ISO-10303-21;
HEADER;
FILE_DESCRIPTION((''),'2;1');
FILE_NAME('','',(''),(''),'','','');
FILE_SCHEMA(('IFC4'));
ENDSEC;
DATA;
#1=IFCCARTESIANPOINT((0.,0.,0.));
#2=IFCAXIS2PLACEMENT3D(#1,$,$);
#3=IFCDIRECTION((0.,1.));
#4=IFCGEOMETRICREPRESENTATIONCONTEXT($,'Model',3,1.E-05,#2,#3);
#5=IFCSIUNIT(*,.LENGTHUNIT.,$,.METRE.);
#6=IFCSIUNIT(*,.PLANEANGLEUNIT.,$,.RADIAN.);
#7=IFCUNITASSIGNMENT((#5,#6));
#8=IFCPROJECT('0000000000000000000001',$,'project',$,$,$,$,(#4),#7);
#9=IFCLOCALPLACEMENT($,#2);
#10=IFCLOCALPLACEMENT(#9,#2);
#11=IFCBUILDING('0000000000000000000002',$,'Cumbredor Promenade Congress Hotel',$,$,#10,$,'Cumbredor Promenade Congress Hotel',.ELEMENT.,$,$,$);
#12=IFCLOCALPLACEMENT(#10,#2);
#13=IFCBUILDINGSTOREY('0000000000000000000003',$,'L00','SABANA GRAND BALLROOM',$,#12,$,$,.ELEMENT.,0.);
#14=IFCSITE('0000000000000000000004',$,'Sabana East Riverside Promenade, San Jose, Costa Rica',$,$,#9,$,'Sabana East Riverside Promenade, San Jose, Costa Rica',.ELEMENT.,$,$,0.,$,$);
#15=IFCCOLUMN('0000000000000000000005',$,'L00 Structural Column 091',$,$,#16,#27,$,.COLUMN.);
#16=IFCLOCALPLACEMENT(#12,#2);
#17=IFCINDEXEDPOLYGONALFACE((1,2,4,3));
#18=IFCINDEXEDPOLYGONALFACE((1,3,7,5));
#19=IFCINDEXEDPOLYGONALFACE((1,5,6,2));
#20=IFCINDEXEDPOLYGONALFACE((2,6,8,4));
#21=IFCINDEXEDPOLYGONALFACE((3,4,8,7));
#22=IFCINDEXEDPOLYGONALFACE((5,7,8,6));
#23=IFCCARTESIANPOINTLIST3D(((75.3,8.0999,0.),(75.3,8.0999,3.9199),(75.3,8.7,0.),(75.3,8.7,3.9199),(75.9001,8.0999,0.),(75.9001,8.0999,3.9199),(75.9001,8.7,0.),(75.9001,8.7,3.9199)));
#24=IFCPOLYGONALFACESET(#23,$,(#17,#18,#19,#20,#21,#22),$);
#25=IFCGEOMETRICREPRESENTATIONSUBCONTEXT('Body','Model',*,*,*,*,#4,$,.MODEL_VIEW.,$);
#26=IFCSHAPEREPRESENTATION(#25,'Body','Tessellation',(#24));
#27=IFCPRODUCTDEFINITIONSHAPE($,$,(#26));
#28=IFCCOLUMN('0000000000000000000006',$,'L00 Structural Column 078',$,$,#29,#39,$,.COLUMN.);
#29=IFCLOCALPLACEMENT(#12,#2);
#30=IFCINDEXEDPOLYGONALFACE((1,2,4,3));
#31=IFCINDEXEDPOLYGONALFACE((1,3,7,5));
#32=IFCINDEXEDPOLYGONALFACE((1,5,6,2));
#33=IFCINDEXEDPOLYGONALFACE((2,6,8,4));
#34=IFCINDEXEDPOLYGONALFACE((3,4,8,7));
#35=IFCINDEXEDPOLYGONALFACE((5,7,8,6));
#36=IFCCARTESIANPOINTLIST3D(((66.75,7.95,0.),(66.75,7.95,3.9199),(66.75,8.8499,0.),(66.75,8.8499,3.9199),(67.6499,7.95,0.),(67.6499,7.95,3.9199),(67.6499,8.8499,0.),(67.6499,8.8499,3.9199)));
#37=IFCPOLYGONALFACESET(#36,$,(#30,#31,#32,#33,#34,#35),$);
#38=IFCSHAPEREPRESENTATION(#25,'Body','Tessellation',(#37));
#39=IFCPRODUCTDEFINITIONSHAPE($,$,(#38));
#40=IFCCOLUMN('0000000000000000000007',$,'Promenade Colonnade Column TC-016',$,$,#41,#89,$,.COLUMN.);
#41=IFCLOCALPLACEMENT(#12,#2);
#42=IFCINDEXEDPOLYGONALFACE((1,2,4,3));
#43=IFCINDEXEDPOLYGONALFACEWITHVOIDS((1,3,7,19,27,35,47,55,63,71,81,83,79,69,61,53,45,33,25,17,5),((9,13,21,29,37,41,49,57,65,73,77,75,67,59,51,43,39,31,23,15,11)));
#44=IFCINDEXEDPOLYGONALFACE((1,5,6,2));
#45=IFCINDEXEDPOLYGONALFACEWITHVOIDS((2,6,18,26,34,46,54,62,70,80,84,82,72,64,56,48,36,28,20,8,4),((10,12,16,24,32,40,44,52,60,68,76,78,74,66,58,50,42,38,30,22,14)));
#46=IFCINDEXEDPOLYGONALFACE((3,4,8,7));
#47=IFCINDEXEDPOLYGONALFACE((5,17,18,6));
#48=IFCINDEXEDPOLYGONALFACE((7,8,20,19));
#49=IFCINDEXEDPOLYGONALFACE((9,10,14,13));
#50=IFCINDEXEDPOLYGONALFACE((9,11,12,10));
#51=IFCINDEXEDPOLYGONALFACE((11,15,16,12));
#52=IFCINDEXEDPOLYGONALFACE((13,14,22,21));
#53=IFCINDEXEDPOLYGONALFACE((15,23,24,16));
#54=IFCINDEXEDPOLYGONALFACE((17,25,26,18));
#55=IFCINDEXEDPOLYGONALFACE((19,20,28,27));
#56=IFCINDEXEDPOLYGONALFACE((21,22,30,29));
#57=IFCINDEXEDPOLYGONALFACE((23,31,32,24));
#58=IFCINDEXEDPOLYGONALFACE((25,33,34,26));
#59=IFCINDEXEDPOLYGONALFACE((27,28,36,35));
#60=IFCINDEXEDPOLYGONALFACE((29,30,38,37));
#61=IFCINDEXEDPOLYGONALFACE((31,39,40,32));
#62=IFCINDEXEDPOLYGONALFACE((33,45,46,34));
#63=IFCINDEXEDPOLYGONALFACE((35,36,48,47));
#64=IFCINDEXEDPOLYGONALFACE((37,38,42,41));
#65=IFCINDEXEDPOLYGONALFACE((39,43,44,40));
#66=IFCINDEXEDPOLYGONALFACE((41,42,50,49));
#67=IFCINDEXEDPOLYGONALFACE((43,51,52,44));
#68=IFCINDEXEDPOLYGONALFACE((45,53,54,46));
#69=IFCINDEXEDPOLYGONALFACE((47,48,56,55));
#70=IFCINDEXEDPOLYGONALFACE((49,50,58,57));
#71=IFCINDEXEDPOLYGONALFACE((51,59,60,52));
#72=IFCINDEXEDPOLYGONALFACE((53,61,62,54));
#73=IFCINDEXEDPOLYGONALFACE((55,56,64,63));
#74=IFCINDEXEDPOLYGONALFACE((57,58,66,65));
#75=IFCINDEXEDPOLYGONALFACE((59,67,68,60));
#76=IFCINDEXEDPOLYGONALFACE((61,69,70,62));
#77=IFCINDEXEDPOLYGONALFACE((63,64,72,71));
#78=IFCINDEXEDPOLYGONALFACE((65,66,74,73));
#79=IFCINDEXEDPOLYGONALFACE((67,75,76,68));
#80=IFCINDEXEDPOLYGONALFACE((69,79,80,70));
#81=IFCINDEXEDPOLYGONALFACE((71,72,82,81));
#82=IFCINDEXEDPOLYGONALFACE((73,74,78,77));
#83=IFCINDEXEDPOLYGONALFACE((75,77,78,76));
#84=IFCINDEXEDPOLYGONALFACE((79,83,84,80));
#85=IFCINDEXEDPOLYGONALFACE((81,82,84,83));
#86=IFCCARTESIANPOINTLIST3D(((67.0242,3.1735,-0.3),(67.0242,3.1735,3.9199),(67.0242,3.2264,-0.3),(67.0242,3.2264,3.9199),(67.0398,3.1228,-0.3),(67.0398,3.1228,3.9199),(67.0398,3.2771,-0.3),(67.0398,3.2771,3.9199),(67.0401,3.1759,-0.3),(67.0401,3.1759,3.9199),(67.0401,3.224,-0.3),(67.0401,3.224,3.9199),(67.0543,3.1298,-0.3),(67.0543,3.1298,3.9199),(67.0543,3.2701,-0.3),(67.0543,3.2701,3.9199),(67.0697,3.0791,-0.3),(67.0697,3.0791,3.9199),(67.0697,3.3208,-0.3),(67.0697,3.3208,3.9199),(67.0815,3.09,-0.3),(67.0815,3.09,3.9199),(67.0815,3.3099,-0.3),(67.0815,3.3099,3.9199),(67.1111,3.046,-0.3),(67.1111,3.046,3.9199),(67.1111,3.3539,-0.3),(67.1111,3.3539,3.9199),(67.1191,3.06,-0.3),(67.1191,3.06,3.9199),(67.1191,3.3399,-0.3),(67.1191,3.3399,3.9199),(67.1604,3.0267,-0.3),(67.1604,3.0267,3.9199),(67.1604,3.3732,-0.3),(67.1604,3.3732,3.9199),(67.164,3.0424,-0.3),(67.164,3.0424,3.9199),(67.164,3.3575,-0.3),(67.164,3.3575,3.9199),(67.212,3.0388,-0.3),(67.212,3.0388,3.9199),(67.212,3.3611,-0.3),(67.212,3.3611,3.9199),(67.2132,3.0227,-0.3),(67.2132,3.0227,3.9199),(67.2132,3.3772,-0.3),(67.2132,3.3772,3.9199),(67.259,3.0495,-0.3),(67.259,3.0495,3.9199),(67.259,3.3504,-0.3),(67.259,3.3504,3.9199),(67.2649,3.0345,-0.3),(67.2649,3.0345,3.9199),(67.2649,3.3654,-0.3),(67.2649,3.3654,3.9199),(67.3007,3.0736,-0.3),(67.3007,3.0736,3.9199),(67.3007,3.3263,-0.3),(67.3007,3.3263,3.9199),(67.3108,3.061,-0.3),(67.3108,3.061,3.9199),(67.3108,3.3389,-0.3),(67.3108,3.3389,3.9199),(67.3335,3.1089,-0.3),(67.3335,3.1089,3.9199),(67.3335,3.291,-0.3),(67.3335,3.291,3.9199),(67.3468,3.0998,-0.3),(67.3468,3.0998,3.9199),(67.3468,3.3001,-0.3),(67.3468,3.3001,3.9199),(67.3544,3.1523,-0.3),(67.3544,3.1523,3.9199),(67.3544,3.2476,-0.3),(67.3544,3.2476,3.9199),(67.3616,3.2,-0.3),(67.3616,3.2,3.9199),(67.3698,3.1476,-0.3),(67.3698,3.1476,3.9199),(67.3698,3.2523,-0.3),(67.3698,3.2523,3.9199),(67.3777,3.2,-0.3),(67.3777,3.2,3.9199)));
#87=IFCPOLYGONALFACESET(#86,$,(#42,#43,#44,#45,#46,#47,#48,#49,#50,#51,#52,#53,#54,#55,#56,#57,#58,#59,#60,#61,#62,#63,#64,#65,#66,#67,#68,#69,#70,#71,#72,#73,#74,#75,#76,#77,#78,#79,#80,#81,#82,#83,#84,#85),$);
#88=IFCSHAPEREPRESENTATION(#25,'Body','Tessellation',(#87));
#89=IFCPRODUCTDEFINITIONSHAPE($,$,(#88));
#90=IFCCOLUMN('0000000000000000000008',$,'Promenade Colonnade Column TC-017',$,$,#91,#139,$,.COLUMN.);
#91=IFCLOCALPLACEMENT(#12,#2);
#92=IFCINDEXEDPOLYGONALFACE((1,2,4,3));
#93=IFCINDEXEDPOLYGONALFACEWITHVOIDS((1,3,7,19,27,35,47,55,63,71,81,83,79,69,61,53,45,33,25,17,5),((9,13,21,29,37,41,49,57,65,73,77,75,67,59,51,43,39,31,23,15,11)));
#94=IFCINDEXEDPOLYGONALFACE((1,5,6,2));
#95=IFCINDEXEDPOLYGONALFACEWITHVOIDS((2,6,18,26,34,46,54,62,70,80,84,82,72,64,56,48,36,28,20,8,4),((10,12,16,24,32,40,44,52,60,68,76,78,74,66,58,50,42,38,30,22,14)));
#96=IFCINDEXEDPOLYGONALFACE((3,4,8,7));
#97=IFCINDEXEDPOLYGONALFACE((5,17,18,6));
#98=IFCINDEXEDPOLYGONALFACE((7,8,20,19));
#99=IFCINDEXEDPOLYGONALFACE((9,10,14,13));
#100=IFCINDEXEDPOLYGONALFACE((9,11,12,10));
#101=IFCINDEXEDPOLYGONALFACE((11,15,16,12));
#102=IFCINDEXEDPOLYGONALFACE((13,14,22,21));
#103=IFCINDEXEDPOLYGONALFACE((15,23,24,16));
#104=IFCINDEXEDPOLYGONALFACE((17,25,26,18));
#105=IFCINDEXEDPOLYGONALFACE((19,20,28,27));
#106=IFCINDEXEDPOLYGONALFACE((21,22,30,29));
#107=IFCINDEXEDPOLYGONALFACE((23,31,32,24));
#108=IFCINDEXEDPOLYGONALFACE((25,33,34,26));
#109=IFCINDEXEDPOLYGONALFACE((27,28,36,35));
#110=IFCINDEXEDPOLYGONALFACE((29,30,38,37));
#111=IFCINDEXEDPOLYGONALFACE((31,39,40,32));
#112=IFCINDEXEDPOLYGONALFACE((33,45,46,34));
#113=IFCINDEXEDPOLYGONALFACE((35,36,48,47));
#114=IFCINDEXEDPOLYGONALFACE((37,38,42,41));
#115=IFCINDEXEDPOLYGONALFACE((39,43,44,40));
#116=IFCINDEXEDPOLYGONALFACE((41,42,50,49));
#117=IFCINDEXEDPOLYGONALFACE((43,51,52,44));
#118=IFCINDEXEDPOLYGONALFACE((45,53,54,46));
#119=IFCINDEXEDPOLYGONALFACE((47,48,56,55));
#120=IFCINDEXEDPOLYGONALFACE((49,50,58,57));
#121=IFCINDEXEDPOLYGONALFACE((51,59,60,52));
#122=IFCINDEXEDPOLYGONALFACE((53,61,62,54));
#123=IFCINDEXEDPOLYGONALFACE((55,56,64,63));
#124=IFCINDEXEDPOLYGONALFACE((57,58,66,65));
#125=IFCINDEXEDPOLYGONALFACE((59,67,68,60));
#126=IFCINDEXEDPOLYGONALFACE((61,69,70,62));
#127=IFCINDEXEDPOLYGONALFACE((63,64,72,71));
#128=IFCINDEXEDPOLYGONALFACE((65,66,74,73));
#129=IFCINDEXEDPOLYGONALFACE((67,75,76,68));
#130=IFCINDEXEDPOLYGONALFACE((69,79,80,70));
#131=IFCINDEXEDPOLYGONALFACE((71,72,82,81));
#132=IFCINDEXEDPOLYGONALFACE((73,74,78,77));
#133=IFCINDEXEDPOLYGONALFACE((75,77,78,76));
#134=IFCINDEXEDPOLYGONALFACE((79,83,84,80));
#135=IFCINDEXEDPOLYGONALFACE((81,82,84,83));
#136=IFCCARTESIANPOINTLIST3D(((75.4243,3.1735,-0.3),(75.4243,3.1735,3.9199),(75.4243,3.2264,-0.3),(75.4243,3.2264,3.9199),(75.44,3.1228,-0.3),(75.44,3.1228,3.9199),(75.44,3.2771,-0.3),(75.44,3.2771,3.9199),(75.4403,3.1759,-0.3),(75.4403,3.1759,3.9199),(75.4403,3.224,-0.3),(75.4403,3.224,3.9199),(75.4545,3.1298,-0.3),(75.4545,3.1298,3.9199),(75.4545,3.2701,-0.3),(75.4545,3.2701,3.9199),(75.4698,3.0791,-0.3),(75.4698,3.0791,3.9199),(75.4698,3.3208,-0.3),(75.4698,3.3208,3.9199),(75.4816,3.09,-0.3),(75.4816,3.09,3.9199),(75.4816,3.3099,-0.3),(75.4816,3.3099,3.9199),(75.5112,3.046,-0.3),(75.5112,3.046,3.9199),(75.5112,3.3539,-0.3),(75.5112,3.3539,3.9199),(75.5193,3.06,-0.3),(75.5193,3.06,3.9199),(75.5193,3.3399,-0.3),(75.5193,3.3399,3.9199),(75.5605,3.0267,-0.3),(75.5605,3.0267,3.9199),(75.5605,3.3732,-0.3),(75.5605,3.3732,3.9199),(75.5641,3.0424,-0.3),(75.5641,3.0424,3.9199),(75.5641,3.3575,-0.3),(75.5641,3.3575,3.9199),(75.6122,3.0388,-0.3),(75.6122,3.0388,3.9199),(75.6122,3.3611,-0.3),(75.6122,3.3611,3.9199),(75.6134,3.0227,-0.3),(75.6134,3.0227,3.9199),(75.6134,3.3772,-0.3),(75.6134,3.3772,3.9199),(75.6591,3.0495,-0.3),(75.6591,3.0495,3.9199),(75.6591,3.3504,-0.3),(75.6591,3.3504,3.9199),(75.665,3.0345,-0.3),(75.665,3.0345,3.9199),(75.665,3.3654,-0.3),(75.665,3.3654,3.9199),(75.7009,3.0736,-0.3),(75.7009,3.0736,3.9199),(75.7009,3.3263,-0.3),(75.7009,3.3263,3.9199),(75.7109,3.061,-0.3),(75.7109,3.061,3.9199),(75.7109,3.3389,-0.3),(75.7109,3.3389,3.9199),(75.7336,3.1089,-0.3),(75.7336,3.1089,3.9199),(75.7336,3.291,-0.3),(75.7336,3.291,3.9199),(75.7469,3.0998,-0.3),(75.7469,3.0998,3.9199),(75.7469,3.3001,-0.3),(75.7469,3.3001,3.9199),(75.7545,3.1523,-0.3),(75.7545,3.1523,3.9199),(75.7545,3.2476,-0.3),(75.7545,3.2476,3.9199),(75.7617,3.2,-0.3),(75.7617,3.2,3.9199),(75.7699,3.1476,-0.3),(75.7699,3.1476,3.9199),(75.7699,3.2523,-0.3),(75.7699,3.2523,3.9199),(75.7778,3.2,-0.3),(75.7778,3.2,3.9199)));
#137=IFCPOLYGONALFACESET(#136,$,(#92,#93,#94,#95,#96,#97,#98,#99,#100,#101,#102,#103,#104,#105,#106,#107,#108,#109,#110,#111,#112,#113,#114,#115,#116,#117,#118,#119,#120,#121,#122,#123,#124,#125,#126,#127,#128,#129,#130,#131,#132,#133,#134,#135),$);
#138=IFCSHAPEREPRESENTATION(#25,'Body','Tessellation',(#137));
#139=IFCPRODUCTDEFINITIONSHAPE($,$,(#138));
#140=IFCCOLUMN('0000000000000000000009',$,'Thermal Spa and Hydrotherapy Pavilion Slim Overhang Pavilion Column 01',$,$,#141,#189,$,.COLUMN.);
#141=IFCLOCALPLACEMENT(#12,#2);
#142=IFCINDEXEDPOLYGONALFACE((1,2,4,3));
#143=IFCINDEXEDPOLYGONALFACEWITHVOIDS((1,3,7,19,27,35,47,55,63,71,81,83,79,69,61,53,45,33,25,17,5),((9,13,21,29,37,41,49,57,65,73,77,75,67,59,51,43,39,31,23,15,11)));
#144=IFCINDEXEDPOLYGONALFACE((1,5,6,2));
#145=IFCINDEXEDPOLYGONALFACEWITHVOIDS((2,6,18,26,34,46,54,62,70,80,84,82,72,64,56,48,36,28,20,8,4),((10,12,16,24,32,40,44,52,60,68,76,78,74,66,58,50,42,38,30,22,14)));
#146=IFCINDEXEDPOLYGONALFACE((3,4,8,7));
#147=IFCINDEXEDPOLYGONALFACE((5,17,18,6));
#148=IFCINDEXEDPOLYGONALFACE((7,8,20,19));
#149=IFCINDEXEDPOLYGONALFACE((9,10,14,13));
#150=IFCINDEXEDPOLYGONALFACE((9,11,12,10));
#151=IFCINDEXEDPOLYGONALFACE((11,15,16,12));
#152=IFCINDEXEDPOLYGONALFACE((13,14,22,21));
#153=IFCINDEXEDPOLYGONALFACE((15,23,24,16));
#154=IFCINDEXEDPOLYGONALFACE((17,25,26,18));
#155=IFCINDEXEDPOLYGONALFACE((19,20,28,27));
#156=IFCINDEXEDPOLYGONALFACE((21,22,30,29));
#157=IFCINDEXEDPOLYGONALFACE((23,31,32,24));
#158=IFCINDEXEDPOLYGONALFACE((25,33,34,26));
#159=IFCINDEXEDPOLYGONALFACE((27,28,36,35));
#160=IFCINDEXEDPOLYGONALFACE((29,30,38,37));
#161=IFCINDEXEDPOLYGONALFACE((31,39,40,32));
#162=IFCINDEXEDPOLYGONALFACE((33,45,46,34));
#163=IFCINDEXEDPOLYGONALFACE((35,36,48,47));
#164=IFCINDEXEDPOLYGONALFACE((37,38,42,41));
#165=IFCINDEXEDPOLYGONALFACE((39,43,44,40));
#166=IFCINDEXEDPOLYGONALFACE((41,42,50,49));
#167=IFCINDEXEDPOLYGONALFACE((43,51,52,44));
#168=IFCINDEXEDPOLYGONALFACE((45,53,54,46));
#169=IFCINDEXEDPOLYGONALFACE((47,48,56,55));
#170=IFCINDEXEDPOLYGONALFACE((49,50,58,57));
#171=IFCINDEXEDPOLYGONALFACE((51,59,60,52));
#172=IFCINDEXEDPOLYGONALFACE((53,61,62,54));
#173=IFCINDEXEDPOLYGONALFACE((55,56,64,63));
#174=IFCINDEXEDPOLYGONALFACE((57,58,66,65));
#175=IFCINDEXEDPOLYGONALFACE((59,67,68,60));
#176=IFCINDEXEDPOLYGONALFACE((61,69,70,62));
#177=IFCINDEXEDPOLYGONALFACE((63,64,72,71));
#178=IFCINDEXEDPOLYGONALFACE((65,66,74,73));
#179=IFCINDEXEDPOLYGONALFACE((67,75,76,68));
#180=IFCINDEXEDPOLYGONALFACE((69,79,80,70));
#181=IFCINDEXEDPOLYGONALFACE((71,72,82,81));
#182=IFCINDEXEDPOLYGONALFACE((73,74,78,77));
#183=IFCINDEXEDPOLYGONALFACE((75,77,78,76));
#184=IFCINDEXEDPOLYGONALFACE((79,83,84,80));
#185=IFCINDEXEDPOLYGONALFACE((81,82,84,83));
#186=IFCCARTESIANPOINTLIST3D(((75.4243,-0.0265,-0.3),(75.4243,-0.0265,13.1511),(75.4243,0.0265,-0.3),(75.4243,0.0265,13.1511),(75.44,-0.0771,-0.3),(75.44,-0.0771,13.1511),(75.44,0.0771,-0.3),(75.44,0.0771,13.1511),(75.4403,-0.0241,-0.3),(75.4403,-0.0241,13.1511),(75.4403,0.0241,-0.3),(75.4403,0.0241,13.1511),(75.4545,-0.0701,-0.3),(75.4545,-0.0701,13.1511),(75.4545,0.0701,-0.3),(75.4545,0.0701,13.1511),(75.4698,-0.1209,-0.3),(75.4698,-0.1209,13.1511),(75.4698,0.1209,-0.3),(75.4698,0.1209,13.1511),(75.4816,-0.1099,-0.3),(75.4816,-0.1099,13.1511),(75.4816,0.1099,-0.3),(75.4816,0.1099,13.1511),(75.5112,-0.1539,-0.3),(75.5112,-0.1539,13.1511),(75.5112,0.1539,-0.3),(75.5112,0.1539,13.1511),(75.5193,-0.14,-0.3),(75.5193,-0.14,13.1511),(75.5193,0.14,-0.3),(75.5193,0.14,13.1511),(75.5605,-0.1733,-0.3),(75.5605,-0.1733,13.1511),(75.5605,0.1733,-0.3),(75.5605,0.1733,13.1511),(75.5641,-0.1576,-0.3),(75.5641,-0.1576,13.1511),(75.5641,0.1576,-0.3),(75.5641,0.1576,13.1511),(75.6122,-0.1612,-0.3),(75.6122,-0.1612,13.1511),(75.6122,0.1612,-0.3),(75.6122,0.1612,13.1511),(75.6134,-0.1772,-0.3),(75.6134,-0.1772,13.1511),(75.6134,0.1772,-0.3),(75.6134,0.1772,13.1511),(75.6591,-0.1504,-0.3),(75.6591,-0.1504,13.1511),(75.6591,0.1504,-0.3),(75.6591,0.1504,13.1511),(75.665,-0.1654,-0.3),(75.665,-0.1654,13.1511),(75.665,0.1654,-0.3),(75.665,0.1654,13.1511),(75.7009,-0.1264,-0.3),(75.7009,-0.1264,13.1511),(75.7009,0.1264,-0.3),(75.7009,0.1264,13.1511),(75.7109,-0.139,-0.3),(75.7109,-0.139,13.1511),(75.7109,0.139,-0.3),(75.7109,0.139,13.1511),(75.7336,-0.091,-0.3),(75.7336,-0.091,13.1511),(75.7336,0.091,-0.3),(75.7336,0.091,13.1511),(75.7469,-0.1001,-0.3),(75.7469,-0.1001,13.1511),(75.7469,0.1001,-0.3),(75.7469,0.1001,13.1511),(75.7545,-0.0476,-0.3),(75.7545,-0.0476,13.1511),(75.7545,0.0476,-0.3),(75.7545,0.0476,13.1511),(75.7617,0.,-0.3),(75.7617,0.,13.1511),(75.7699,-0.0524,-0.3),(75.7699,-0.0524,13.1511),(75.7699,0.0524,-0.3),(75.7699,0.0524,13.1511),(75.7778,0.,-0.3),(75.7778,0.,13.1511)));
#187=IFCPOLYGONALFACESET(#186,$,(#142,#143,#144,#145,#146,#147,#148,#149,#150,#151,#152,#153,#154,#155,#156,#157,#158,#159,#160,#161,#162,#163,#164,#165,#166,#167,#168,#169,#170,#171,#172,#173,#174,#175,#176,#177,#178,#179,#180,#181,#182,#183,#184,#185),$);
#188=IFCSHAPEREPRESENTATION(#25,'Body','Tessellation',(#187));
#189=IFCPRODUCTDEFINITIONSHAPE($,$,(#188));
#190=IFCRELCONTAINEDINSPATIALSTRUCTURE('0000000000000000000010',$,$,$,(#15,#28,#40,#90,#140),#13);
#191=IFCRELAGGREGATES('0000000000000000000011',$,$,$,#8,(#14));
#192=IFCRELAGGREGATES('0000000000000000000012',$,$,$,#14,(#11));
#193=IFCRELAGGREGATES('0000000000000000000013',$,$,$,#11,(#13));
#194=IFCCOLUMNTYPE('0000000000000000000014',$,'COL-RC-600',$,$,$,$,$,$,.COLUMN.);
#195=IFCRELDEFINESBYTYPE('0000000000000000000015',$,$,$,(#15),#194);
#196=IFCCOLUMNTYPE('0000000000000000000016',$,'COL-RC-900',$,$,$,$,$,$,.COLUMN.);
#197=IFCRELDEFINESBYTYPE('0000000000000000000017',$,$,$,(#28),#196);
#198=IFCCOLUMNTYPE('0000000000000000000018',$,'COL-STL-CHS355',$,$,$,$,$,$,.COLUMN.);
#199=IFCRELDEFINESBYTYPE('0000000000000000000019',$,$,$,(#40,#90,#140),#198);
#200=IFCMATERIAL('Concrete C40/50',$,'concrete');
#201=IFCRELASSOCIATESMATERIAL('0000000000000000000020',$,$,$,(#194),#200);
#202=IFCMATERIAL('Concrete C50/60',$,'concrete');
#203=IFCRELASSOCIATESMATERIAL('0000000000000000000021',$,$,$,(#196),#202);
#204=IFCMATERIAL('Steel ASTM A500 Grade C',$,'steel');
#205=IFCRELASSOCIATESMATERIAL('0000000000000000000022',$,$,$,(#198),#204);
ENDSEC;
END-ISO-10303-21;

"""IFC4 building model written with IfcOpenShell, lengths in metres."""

from ifc_helpers import new_model, si_unit, direction, frame, origin, origin_2d, place, context, subcontext, project, spatial, rectangle, hollow_circle, extrude, material, material_profile, profile_set, type_object, element, save


model = new_model("IFC4")

# Units and contexts
model_context = context("Model", 3, precision=1e-05, world=origin(), true_north=direction((0.0, 1.0)))
body_context = subcontext(model_context, "Body", "Model", "MODEL_VIEW")
ifc_project = project(units=[si_unit("LENGTHUNIT", "METRE"), si_unit("PLANEANGLEUNIT", "RADIAN")], contexts=[model_context])

# Site, building, storey
site_placement = place(None, origin())
site = spatial("IfcSite", under=ifc_project, at=site_placement, Name="Sabana East Riverside Promenade, San Jose, Costa Rica", LongName="Sabana East Riverside Promenade, San Jose, Costa Rica", CompositionType="ELEMENT", RefElevation=0.0)
building_placement = place(site_placement, origin())
building = spatial("IfcBuilding", under=site, at=building_placement, Name="Cumbredor Promenade Congress Hotel", LongName="Cumbredor Promenade Congress Hotel", CompositionType="ELEMENT")
storey_placement = place(building_placement, origin())
storey = spatial("IfcBuildingStorey", under=building, at=storey_placement, Name="L00", Description="SABANA GRAND BALLROOM", CompositionType="ELEMENT", Elevation=0.0)

# Columns
ifc_material_1 = material(Name="Concrete C40/50", Category="concrete")
ifc_material_profile_1 = material_profile(ifc_material_1, rectangle(XDim=0.6001, YDim=0.6001, at=origin_2d()), Name="RC 600x600")
ifc_profile_set_1 = profile_set([ifc_material_profile_1], Name="Concrete C40/50")
column_type_1 = type_object("IfcColumnType", Name="COL-RC-600", PredefinedType="COLUMN", material=ifc_profile_set_1)
column_1_placement = place(storey_placement, frame((75.6001, 8.3999, 0.0), z_axis=(0.0, 0.0, 1.0), x_axis=(1.0, 0.0, 0.0)))
element("IfcColumn", 1, at=column_1_placement, inside=storey, type_object=column_type_1, Name="L00 Structural Column 091", PredefinedType="COLUMN", context=body_context, shape_type="SweptSolid", body=[
    extrude(rectangle(XDim=0.6001, YDim=0.6001, at=origin_2d()), origin(), (0.0, 0.0, 1.0), 3.9199),
])
ifc_material_2 = material(Name="Concrete C50/60", Category="concrete")
ifc_material_profile_2 = material_profile(ifc_material_2, rectangle(XDim=0.8999, YDim=0.8999, at=origin_2d()), Name="RC 900x900")
ifc_profile_set_2 = profile_set([ifc_material_profile_2], Name="Concrete C50/60")
column_type_2 = type_object("IfcColumnType", Name="COL-RC-900", PredefinedType="COLUMN", material=ifc_profile_set_2)
column_2_placement = place(storey_placement, frame((67.2, 8.3999, 0.0), z_axis=(0.0, 0.0, 1.0), x_axis=(1.0, 0.0, 0.0)))
element("IfcColumn", 2, at=column_2_placement, inside=storey, type_object=column_type_2, Name="L00 Structural Column 078", PredefinedType="COLUMN", context=body_context, shape_type="SweptSolid", body=[
    extrude(rectangle(XDim=0.8999, YDim=0.8999, at=origin_2d()), origin(), (0.0, 0.0, 1.0), 3.9199),
])
ifc_material_3 = material(Name="Steel ASTM A500 Grade C", Category="steel")
ifc_material_profile_3 = material_profile(ifc_material_3, hollow_circle(Radius=0.1777, WallThickness=0.0161, at=origin_2d()), Name="CHS 355.6x16")
ifc_profile_set_3 = profile_set([ifc_material_profile_3], Name="Steel ASTM A500 Grade C")
column_type_3 = type_object("IfcColumnType", Name="COL-STL-CHS355", PredefinedType="COLUMN", material=ifc_profile_set_3)
for number, where, z_axis, x_axis, name in (
    (3, (67.2, 3.2, -0.3), (0.0, 0.0, 1.0), (1.0, 0.0, 0.0), "Promenade Colonnade Column TC-016"),
    (4, (75.6001, 3.2, -0.3), (0.0, 0.0, 1.0), (1.0, 0.0, 0.0), "Promenade Colonnade Column TC-017"),
):
    element("IfcColumn", number, at=place(storey_placement, frame(where, z_axis=z_axis, x_axis=x_axis)), inside=storey, type_object=column_type_3, Name=name, PredefinedType="COLUMN", context=body_context, shape_type="SweptSolid", body=[
        extrude(hollow_circle(Radius=0.1777, WallThickness=0.0161, at=origin_2d()), origin(), (0.0, 0.0, 1.0), 4.22),
    ])
column_3_placement = place(storey_placement, frame((75.6001, 0.0, -0.3), z_axis=(0.0, 0.0, 1.0), x_axis=(1.0, 0.0, 0.0)))
element("IfcColumn", 5, at=column_3_placement, inside=storey, type_object=column_type_3, Name="Thermal Spa and Hydrotherapy Pavilion Slim Overhang Pavilion Column 01", PredefinedType="COLUMN", context=body_context, shape_type="SweptSolid", body=[
    extrude(hollow_circle(Radius=0.1777, WallThickness=0.0161, at=origin_2d()), origin(), (0.0, 0.0, 1.0), 13.4512),
])

save(model, "model.ifc")
